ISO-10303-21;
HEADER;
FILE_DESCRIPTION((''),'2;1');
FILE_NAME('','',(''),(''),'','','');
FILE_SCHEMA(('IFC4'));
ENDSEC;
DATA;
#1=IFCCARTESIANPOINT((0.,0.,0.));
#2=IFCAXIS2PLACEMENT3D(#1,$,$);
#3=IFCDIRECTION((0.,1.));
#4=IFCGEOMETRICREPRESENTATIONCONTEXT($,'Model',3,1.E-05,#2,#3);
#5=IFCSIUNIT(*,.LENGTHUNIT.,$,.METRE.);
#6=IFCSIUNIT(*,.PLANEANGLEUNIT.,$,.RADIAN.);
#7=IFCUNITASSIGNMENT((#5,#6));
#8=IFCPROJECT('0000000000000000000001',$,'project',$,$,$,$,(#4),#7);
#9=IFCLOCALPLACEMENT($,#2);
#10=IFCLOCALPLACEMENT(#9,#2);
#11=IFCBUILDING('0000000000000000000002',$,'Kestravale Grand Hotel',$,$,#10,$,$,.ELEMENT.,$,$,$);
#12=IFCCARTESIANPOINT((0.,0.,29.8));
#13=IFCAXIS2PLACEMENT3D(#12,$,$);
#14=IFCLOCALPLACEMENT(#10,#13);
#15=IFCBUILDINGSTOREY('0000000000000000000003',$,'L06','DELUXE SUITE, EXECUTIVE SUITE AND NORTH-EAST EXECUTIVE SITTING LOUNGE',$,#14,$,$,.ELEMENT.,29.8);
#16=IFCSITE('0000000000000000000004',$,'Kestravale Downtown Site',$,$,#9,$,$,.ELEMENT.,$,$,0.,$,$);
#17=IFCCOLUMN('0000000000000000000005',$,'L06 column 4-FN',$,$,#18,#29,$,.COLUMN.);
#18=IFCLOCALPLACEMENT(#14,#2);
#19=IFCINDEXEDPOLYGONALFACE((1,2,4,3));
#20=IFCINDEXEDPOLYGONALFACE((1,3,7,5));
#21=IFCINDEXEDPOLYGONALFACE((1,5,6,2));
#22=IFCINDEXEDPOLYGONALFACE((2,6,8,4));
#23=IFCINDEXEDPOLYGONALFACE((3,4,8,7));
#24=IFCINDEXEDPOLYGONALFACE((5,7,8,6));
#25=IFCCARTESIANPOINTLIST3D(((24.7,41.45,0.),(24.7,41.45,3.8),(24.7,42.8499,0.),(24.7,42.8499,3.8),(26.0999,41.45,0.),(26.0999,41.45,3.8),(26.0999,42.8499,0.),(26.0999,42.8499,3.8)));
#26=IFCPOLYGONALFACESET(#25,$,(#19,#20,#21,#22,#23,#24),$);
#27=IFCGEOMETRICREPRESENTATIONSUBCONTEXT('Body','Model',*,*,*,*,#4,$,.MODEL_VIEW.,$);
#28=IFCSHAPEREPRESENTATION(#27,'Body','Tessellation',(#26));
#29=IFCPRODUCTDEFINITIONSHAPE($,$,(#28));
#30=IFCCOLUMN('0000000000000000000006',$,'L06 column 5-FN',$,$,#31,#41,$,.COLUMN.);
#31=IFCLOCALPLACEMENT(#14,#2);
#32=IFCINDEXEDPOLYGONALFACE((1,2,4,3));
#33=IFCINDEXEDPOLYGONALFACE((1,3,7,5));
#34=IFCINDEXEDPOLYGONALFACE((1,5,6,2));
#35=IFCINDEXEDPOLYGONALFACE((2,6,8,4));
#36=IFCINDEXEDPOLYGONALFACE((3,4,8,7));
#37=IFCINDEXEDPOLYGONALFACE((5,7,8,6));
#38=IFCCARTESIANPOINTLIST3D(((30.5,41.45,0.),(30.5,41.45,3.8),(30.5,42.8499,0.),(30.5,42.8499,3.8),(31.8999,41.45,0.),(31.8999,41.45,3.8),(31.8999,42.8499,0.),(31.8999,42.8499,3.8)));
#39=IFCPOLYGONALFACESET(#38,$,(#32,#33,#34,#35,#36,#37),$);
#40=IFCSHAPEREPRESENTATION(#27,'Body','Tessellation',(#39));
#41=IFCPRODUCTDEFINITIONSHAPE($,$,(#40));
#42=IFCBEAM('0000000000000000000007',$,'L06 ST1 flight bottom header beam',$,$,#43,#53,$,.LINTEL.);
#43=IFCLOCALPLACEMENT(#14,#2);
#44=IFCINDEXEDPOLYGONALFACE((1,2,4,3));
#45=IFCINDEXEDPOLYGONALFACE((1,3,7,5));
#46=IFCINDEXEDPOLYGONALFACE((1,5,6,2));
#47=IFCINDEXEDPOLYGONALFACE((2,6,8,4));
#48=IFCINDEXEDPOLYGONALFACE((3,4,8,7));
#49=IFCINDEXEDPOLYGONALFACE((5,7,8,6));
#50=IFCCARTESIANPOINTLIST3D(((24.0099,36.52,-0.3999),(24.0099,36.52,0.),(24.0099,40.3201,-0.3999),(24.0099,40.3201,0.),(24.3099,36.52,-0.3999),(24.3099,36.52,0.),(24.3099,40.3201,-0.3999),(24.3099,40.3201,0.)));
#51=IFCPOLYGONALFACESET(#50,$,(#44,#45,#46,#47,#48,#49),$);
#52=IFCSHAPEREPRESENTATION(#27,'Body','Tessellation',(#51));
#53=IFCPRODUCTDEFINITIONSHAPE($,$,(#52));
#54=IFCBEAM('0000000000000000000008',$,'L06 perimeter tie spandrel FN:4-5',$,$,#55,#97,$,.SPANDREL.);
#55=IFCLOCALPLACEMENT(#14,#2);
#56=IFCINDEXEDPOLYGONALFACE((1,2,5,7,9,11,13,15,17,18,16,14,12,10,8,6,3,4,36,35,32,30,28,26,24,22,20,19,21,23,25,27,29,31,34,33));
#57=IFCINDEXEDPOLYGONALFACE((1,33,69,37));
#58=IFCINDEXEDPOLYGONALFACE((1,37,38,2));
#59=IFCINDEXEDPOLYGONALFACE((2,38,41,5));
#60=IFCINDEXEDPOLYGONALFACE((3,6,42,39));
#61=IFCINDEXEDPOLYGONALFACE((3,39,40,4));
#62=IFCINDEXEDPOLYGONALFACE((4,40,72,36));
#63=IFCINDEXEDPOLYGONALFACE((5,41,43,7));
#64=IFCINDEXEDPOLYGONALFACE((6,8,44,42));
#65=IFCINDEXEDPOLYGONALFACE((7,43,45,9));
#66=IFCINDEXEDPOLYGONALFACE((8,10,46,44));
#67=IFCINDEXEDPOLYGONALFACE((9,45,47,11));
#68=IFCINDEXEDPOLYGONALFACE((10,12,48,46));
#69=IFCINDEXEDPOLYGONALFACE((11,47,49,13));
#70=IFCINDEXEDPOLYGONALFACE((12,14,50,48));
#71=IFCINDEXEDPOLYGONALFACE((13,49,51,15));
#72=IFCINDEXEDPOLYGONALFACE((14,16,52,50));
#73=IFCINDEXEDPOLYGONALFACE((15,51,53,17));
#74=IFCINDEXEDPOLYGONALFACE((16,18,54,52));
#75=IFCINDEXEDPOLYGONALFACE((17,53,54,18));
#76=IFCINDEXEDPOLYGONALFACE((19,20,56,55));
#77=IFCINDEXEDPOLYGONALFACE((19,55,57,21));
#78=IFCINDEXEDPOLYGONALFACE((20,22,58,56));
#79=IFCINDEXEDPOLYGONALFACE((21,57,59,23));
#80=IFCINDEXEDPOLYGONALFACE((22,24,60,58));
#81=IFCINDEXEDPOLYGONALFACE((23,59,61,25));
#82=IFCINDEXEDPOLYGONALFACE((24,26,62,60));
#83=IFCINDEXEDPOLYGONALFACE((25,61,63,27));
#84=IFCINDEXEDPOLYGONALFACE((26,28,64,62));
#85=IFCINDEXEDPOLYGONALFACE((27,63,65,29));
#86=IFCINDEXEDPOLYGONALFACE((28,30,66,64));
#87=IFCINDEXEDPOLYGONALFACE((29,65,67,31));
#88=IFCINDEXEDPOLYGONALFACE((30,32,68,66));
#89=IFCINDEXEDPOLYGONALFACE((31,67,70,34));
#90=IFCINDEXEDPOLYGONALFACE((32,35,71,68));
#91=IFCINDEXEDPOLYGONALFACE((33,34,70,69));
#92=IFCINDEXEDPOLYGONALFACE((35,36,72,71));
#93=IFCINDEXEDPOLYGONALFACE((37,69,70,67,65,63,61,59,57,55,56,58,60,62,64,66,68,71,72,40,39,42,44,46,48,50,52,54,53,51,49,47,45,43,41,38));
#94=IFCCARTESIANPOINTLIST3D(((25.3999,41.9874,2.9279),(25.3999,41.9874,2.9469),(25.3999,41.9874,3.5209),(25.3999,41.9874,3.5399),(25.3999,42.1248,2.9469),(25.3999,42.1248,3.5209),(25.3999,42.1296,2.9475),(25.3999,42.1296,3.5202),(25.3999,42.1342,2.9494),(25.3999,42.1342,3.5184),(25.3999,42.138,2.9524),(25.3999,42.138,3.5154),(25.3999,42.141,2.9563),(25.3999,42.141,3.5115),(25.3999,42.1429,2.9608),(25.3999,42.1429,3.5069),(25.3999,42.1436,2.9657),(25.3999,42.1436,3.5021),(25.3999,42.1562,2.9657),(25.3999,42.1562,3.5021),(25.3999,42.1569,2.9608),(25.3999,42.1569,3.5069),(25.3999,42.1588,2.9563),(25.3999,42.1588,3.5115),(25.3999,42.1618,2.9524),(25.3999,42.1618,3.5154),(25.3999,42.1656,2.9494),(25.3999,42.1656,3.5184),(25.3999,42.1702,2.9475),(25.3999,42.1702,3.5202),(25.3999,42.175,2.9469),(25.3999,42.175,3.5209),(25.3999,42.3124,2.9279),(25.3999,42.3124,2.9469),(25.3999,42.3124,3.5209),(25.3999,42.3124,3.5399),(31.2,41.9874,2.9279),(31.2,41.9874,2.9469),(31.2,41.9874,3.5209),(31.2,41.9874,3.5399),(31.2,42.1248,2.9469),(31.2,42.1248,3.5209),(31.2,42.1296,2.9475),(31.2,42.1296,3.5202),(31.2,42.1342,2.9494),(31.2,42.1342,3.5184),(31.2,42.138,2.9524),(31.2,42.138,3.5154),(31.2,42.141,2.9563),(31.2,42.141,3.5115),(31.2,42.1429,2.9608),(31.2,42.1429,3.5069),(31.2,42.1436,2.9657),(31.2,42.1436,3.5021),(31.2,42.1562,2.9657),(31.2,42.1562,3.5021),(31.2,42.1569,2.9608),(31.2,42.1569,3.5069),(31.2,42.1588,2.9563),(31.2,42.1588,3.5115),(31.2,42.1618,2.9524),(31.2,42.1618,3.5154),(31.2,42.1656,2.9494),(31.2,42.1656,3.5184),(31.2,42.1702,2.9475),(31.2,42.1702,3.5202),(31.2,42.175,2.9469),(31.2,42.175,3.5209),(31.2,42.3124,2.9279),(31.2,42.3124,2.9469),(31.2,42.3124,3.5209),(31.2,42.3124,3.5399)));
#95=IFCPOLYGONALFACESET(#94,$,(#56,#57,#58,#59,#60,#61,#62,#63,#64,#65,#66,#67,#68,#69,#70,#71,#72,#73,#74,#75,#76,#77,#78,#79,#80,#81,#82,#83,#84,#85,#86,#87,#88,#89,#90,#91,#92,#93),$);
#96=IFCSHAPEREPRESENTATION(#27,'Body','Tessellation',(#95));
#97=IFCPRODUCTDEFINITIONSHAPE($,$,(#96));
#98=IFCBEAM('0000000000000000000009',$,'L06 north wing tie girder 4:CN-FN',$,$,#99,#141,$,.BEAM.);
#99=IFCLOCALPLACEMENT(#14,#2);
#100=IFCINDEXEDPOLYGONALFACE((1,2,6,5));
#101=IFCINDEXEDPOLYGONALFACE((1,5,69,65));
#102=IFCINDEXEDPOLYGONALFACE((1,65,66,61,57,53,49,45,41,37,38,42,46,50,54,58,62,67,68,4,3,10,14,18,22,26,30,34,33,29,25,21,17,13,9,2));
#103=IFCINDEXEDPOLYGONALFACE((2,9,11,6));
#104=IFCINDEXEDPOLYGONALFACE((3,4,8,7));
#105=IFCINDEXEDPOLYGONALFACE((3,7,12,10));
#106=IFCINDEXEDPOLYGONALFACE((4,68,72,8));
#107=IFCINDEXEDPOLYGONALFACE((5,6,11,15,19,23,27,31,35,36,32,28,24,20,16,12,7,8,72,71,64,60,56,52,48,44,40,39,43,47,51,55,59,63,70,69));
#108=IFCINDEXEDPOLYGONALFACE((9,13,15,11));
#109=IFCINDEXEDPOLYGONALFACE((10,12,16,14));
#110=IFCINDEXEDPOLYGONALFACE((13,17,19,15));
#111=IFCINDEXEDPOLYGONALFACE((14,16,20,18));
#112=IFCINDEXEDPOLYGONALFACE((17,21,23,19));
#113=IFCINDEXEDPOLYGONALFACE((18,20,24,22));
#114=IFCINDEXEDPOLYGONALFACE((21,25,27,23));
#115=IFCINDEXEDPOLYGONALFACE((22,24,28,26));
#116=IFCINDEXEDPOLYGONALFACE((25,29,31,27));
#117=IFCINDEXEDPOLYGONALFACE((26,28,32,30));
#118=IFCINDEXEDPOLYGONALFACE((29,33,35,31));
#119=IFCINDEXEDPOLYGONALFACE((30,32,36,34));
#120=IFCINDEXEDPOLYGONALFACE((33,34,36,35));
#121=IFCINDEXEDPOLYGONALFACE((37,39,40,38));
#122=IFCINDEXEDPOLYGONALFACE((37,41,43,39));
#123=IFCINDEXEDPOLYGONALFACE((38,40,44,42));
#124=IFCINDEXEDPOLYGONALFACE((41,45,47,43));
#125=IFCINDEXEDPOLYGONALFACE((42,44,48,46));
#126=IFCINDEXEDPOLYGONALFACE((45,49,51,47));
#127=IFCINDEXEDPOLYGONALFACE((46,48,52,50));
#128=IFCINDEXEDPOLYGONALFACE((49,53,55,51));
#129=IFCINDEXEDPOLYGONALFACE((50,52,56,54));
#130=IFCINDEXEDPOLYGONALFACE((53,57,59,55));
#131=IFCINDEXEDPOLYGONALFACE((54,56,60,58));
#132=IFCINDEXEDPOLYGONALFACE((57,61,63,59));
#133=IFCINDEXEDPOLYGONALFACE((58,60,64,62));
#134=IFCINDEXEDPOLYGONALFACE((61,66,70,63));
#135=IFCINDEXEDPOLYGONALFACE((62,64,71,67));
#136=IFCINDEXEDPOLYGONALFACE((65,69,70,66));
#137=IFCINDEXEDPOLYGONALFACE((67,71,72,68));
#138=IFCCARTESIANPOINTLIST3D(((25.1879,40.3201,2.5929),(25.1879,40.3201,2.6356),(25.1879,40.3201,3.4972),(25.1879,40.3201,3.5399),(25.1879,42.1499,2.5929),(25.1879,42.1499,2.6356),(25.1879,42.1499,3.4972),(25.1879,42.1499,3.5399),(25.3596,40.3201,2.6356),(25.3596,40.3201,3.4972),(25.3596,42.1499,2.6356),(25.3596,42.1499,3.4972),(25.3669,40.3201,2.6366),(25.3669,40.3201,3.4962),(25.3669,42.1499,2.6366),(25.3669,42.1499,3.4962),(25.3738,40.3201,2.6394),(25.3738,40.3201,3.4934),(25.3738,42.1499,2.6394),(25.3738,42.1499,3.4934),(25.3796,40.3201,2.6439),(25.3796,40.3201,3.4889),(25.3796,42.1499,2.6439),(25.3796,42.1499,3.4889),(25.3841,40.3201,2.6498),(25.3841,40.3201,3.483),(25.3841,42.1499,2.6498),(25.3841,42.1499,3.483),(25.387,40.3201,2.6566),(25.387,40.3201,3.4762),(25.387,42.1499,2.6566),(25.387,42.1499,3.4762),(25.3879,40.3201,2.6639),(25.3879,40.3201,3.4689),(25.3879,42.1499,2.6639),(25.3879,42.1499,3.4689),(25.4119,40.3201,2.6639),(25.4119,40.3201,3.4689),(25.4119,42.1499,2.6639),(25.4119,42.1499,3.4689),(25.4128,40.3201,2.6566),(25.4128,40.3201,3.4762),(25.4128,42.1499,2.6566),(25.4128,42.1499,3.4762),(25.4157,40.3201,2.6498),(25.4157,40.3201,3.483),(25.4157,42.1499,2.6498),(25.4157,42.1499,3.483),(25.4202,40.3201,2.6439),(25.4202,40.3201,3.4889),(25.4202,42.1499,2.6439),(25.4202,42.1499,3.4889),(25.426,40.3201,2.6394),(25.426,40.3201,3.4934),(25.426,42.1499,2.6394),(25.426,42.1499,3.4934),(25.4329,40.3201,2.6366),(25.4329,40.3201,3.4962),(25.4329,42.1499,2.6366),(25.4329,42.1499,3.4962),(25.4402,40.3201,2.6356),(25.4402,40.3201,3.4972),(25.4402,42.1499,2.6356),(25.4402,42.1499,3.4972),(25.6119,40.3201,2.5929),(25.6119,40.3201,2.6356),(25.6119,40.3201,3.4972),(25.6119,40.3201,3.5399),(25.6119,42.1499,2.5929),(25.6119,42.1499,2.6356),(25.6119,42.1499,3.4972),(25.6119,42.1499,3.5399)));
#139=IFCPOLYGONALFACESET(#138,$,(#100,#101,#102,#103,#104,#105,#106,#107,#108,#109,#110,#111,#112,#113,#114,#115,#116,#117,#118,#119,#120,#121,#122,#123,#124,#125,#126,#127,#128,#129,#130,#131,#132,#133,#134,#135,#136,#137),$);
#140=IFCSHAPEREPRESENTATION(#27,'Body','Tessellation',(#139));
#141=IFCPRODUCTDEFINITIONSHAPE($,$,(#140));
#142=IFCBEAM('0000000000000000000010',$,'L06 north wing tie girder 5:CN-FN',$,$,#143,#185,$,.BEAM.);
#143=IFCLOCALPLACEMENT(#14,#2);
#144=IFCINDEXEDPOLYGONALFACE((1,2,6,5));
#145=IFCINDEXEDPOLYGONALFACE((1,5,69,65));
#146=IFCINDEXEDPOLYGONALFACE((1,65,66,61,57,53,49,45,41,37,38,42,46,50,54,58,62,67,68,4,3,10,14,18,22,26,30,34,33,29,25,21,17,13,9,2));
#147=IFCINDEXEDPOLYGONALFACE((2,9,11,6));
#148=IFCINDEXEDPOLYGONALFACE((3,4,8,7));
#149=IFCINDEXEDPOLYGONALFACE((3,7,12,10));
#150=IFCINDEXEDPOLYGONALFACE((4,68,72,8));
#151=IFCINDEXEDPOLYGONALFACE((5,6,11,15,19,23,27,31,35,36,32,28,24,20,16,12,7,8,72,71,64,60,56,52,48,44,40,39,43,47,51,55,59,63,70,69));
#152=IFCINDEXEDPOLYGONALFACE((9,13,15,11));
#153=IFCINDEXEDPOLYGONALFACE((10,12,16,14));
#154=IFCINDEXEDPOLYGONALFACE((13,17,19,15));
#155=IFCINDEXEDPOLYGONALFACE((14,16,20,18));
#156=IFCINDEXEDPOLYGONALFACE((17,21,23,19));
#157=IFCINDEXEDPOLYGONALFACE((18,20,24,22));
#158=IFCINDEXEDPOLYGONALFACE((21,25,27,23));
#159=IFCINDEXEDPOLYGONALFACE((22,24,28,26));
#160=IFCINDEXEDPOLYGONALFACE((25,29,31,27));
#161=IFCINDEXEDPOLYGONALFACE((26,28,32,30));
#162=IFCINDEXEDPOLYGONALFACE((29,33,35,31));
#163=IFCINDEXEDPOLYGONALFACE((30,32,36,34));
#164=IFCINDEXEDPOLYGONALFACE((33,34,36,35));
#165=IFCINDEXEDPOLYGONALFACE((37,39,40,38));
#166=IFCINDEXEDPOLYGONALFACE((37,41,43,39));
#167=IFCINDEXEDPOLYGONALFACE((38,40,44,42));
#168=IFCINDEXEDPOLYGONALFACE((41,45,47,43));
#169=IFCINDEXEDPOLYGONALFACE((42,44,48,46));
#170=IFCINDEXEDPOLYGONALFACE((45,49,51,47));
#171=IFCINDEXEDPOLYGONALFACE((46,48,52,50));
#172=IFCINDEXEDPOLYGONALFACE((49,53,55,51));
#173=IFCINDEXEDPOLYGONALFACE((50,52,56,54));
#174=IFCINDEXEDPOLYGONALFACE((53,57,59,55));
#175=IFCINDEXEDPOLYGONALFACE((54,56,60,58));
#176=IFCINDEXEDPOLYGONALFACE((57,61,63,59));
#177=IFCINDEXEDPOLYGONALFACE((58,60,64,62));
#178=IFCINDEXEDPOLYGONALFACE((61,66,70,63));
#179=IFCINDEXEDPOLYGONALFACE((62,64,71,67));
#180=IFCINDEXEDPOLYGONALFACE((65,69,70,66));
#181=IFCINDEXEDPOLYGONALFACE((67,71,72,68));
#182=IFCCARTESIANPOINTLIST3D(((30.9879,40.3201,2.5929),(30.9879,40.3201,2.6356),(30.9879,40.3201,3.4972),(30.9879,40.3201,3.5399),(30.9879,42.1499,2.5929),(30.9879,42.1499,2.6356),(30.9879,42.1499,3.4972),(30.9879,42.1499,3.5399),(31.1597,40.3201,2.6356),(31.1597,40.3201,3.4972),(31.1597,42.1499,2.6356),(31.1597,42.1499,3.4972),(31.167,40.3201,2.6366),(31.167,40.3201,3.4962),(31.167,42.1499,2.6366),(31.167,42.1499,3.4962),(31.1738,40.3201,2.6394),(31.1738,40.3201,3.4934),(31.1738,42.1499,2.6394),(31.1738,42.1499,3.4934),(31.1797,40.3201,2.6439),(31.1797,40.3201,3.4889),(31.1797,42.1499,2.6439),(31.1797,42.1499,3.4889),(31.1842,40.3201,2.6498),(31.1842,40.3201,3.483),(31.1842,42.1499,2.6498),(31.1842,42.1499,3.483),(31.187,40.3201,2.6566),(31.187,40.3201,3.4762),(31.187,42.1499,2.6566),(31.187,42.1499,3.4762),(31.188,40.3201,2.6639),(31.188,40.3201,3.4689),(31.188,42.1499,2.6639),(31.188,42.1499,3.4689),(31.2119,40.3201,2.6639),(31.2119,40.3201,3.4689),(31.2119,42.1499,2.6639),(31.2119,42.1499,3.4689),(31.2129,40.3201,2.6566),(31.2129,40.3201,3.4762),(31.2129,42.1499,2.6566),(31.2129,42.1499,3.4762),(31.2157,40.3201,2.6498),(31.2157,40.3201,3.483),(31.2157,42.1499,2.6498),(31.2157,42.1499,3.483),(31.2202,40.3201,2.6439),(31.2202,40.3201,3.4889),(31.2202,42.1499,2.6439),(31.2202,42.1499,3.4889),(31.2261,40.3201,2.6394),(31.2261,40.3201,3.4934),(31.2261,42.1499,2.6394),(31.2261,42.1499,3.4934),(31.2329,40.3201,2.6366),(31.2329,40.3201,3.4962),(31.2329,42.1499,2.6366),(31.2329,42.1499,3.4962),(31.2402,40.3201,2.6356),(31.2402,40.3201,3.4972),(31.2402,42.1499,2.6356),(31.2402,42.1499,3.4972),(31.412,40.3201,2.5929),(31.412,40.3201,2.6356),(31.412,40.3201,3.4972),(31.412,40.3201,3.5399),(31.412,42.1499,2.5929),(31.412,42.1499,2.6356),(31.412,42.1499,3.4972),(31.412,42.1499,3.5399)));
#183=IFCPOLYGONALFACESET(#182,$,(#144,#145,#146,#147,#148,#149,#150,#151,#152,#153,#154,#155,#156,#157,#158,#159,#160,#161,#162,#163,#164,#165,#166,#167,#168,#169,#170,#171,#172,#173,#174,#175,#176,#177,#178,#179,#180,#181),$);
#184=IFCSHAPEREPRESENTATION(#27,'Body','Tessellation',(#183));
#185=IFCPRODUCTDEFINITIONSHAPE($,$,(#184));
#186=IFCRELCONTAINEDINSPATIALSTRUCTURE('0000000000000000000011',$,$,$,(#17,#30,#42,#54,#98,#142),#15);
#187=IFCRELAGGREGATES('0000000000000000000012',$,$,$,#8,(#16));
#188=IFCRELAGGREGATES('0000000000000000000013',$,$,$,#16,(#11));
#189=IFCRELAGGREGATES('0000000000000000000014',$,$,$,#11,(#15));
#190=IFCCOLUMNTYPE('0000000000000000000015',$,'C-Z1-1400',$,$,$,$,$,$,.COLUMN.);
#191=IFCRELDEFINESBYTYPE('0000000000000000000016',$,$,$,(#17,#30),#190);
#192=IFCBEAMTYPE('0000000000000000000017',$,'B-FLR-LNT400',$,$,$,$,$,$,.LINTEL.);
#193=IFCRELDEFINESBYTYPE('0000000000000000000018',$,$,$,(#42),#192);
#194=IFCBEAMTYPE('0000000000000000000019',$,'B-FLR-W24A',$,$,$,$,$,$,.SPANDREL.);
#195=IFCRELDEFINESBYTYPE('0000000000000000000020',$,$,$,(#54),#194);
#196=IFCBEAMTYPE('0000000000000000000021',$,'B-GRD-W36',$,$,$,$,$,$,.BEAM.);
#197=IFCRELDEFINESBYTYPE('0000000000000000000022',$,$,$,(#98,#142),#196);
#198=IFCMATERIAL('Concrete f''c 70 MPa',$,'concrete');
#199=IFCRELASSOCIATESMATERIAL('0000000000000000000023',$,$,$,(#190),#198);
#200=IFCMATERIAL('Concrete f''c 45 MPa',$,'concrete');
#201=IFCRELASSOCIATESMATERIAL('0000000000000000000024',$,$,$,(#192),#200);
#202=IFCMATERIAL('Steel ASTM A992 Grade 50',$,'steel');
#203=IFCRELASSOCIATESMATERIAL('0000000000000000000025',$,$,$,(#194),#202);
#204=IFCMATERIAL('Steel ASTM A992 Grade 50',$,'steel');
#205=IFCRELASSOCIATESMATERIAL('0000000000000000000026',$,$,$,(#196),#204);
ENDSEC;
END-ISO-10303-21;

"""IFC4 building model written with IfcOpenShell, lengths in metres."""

from ifc_helpers import new_model, si_unit, direction, frame, origin, origin_2d, place, context, subcontext, project, spatial, rectangle, i_section, extrude, material, material_profile, profile_set, type_object, element, save


model = new_model("IFC4")

# Units and contexts
model_context = context("Model", 3, precision=1e-05, world=origin(), true_north=direction((0.0, 1.0)))
body_context = subcontext(model_context, "Body", "Model", "MODEL_VIEW")
ifc_project = project(units=[si_unit("LENGTHUNIT", "METRE"), si_unit("PLANEANGLEUNIT", "RADIAN")], contexts=[model_context])

# Site, building, storey
site_placement = place(None, origin())
site = spatial("IfcSite", under=ifc_project, at=site_placement, Name="Kestravale Downtown Site", CompositionType="ELEMENT", RefElevation=0.0)
building_placement = place(site_placement, origin())
building = spatial("IfcBuilding", under=site, at=building_placement, Name="Kestravale Grand Hotel", CompositionType="ELEMENT")
storey_placement = place(building_placement, frame((0.0, 0.0, 29.8)))
storey = spatial("IfcBuildingStorey", under=building, at=storey_placement, Name="L06", Description="DELUXE SUITE, EXECUTIVE SUITE AND NORTH-EAST EXECUTIVE SITTING LOUNGE", CompositionType="ELEMENT", Elevation=29.8)

# Columns
ifc_material_1 = material(Name="Concrete f'c 70 MPa", Category="concrete")
ifc_material_profile_1 = material_profile(ifc_material_1, rectangle(XDim=1.3999, YDim=1.3999, at=origin_2d()))
ifc_profile_set_1 = profile_set([ifc_material_profile_1], Name="Concrete f'c 70 MPa")
column_type = type_object("IfcColumnType", Name="C-Z1-1400", PredefinedType="COLUMN", material=ifc_profile_set_1)
for number, where, z_axis, x_axis, name in (
    (1, (25.3999, 42.1499, 0.0), (0.0, 0.0, 1.0), (1.0, 0.0, 0.0), "L06 column 4-FN"),
    (2, (31.2, 42.1499, 0.0), (0.0, 0.0, 1.0), (1.0, 0.0, 0.0), "L06 column 5-FN"),
):
    element("IfcColumn", number, at=place(storey_placement, frame(where, z_axis=z_axis, x_axis=x_axis)), inside=storey, type_object=column_type, Name=name, PredefinedType="COLUMN", context=body_context, shape_type="SweptSolid", body=[
        extrude(rectangle(XDim=1.3999, YDim=1.3999, at=origin_2d()), origin(), (0.0, 0.0, 1.0), 3.8),
    ])

# Beams
ifc_material_2 = material(Name="Concrete f'c 45 MPa", Category="concrete")
ifc_material_profile_2 = material_profile(ifc_material_2, rectangle(XDim=0.3, YDim=0.3999, at=origin_2d()))
ifc_profile_set_2 = profile_set([ifc_material_profile_2], Name="Concrete f'c 45 MPa")
beam_type_1 = type_object("IfcBeamType", Name="B-FLR-LNT400", PredefinedType="LINTEL", material=ifc_profile_set_2)
beam_1_placement = place(storey_placement, frame((24.1599, 36.52, -0.2), z_axis=(0.0, 1.0, 0.0), x_axis=(-1.0, 0.0, 0.0)))
element("IfcBeam", 3, at=beam_1_placement, inside=storey, type_object=beam_type_1, Name="L06 ST1 flight bottom header beam", PredefinedType="LINTEL", context=body_context, shape_type="SweptSolid", body=[
    extrude(rectangle(XDim=0.3, YDim=0.3999, at=origin_2d()), origin(), (0.0, 0.0, 1.0), 3.8),
])
ifc_material_3 = material(Name="Steel ASTM A992 Grade 50", Category="steel")
ifc_material_profile_3 = material_profile(ifc_material_3, i_section(OverallWidth=0.325, OverallDepth=0.6121, WebThickness=0.0127, FlangeThickness=0.019, FilletRadius=0.0188, at=origin_2d()))
ifc_profile_set_3 = profile_set([ifc_material_profile_3], Name="Steel ASTM A992 Grade 50")
beam_type_2 = type_object("IfcBeamType", Name="B-FLR-W24A", PredefinedType="SPANDREL", material=ifc_profile_set_3)
beam_2_placement = place(storey_placement, frame((25.3999, 42.1499, 3.2339), z_axis=(1.0, 0.0, 0.0), x_axis=(0.0, 1.0, 0.0)))
element("IfcBeam", 4, at=beam_2_placement, inside=storey, type_object=beam_type_2, Name="L06 perimeter tie spandrel FN:4-5", PredefinedType="SPANDREL", context=body_context, shape_type="SweptSolid", body=[
    extrude(i_section(OverallWidth=0.325, OverallDepth=0.6121, WebThickness=0.0127, FlangeThickness=0.019, FilletRadius=0.0188, at=origin_2d()), origin(), (0.0, 0.0, 1.0), 5.8),
])
ifc_material_4 = material(Name="Steel ASTM A992 Grade 50", Category="steel")
ifc_material_profile_4 = material_profile(ifc_material_4, i_section(OverallWidth=0.4241, OverallDepth=0.947, WebThickness=0.0239, FlangeThickness=0.0427, FilletRadius=0.0283, at=origin_2d()))
ifc_profile_set_4 = profile_set([ifc_material_profile_4], Name="Steel ASTM A992 Grade 50")
beam_type_3 = type_object("IfcBeamType", Name="B-GRD-W36", PredefinedType="BEAM", material=ifc_profile_set_4)
for number, where, z_axis, x_axis, name in (
    (5, (25.3999, 40.3201, 3.0664), (0.0, 1.0, 0.0), (-1.0, 0.0, 0.0), "L06 north wing tie girder 4:CN-FN"),
    (6, (31.2, 40.3201, 3.0664), (0.0, 1.0, 0.0), (-1.0, 0.0, 0.0), "L06 north wing tie girder 5:CN-FN"),
):
    element("IfcBeam", number, at=place(storey_placement, frame(where, z_axis=z_axis, x_axis=x_axis)), inside=storey, type_object=beam_type_3, Name=name, PredefinedType="BEAM", context=body_context, shape_type="SweptSolid", body=[
        extrude(i_section(OverallWidth=0.4241, OverallDepth=0.947, WebThickness=0.0239, FlangeThickness=0.0427, FilletRadius=0.0283, at=origin_2d()), origin(), (0.0, 0.0, 1.0), 1.8298),
    ])

save(model, "model.ifc")
